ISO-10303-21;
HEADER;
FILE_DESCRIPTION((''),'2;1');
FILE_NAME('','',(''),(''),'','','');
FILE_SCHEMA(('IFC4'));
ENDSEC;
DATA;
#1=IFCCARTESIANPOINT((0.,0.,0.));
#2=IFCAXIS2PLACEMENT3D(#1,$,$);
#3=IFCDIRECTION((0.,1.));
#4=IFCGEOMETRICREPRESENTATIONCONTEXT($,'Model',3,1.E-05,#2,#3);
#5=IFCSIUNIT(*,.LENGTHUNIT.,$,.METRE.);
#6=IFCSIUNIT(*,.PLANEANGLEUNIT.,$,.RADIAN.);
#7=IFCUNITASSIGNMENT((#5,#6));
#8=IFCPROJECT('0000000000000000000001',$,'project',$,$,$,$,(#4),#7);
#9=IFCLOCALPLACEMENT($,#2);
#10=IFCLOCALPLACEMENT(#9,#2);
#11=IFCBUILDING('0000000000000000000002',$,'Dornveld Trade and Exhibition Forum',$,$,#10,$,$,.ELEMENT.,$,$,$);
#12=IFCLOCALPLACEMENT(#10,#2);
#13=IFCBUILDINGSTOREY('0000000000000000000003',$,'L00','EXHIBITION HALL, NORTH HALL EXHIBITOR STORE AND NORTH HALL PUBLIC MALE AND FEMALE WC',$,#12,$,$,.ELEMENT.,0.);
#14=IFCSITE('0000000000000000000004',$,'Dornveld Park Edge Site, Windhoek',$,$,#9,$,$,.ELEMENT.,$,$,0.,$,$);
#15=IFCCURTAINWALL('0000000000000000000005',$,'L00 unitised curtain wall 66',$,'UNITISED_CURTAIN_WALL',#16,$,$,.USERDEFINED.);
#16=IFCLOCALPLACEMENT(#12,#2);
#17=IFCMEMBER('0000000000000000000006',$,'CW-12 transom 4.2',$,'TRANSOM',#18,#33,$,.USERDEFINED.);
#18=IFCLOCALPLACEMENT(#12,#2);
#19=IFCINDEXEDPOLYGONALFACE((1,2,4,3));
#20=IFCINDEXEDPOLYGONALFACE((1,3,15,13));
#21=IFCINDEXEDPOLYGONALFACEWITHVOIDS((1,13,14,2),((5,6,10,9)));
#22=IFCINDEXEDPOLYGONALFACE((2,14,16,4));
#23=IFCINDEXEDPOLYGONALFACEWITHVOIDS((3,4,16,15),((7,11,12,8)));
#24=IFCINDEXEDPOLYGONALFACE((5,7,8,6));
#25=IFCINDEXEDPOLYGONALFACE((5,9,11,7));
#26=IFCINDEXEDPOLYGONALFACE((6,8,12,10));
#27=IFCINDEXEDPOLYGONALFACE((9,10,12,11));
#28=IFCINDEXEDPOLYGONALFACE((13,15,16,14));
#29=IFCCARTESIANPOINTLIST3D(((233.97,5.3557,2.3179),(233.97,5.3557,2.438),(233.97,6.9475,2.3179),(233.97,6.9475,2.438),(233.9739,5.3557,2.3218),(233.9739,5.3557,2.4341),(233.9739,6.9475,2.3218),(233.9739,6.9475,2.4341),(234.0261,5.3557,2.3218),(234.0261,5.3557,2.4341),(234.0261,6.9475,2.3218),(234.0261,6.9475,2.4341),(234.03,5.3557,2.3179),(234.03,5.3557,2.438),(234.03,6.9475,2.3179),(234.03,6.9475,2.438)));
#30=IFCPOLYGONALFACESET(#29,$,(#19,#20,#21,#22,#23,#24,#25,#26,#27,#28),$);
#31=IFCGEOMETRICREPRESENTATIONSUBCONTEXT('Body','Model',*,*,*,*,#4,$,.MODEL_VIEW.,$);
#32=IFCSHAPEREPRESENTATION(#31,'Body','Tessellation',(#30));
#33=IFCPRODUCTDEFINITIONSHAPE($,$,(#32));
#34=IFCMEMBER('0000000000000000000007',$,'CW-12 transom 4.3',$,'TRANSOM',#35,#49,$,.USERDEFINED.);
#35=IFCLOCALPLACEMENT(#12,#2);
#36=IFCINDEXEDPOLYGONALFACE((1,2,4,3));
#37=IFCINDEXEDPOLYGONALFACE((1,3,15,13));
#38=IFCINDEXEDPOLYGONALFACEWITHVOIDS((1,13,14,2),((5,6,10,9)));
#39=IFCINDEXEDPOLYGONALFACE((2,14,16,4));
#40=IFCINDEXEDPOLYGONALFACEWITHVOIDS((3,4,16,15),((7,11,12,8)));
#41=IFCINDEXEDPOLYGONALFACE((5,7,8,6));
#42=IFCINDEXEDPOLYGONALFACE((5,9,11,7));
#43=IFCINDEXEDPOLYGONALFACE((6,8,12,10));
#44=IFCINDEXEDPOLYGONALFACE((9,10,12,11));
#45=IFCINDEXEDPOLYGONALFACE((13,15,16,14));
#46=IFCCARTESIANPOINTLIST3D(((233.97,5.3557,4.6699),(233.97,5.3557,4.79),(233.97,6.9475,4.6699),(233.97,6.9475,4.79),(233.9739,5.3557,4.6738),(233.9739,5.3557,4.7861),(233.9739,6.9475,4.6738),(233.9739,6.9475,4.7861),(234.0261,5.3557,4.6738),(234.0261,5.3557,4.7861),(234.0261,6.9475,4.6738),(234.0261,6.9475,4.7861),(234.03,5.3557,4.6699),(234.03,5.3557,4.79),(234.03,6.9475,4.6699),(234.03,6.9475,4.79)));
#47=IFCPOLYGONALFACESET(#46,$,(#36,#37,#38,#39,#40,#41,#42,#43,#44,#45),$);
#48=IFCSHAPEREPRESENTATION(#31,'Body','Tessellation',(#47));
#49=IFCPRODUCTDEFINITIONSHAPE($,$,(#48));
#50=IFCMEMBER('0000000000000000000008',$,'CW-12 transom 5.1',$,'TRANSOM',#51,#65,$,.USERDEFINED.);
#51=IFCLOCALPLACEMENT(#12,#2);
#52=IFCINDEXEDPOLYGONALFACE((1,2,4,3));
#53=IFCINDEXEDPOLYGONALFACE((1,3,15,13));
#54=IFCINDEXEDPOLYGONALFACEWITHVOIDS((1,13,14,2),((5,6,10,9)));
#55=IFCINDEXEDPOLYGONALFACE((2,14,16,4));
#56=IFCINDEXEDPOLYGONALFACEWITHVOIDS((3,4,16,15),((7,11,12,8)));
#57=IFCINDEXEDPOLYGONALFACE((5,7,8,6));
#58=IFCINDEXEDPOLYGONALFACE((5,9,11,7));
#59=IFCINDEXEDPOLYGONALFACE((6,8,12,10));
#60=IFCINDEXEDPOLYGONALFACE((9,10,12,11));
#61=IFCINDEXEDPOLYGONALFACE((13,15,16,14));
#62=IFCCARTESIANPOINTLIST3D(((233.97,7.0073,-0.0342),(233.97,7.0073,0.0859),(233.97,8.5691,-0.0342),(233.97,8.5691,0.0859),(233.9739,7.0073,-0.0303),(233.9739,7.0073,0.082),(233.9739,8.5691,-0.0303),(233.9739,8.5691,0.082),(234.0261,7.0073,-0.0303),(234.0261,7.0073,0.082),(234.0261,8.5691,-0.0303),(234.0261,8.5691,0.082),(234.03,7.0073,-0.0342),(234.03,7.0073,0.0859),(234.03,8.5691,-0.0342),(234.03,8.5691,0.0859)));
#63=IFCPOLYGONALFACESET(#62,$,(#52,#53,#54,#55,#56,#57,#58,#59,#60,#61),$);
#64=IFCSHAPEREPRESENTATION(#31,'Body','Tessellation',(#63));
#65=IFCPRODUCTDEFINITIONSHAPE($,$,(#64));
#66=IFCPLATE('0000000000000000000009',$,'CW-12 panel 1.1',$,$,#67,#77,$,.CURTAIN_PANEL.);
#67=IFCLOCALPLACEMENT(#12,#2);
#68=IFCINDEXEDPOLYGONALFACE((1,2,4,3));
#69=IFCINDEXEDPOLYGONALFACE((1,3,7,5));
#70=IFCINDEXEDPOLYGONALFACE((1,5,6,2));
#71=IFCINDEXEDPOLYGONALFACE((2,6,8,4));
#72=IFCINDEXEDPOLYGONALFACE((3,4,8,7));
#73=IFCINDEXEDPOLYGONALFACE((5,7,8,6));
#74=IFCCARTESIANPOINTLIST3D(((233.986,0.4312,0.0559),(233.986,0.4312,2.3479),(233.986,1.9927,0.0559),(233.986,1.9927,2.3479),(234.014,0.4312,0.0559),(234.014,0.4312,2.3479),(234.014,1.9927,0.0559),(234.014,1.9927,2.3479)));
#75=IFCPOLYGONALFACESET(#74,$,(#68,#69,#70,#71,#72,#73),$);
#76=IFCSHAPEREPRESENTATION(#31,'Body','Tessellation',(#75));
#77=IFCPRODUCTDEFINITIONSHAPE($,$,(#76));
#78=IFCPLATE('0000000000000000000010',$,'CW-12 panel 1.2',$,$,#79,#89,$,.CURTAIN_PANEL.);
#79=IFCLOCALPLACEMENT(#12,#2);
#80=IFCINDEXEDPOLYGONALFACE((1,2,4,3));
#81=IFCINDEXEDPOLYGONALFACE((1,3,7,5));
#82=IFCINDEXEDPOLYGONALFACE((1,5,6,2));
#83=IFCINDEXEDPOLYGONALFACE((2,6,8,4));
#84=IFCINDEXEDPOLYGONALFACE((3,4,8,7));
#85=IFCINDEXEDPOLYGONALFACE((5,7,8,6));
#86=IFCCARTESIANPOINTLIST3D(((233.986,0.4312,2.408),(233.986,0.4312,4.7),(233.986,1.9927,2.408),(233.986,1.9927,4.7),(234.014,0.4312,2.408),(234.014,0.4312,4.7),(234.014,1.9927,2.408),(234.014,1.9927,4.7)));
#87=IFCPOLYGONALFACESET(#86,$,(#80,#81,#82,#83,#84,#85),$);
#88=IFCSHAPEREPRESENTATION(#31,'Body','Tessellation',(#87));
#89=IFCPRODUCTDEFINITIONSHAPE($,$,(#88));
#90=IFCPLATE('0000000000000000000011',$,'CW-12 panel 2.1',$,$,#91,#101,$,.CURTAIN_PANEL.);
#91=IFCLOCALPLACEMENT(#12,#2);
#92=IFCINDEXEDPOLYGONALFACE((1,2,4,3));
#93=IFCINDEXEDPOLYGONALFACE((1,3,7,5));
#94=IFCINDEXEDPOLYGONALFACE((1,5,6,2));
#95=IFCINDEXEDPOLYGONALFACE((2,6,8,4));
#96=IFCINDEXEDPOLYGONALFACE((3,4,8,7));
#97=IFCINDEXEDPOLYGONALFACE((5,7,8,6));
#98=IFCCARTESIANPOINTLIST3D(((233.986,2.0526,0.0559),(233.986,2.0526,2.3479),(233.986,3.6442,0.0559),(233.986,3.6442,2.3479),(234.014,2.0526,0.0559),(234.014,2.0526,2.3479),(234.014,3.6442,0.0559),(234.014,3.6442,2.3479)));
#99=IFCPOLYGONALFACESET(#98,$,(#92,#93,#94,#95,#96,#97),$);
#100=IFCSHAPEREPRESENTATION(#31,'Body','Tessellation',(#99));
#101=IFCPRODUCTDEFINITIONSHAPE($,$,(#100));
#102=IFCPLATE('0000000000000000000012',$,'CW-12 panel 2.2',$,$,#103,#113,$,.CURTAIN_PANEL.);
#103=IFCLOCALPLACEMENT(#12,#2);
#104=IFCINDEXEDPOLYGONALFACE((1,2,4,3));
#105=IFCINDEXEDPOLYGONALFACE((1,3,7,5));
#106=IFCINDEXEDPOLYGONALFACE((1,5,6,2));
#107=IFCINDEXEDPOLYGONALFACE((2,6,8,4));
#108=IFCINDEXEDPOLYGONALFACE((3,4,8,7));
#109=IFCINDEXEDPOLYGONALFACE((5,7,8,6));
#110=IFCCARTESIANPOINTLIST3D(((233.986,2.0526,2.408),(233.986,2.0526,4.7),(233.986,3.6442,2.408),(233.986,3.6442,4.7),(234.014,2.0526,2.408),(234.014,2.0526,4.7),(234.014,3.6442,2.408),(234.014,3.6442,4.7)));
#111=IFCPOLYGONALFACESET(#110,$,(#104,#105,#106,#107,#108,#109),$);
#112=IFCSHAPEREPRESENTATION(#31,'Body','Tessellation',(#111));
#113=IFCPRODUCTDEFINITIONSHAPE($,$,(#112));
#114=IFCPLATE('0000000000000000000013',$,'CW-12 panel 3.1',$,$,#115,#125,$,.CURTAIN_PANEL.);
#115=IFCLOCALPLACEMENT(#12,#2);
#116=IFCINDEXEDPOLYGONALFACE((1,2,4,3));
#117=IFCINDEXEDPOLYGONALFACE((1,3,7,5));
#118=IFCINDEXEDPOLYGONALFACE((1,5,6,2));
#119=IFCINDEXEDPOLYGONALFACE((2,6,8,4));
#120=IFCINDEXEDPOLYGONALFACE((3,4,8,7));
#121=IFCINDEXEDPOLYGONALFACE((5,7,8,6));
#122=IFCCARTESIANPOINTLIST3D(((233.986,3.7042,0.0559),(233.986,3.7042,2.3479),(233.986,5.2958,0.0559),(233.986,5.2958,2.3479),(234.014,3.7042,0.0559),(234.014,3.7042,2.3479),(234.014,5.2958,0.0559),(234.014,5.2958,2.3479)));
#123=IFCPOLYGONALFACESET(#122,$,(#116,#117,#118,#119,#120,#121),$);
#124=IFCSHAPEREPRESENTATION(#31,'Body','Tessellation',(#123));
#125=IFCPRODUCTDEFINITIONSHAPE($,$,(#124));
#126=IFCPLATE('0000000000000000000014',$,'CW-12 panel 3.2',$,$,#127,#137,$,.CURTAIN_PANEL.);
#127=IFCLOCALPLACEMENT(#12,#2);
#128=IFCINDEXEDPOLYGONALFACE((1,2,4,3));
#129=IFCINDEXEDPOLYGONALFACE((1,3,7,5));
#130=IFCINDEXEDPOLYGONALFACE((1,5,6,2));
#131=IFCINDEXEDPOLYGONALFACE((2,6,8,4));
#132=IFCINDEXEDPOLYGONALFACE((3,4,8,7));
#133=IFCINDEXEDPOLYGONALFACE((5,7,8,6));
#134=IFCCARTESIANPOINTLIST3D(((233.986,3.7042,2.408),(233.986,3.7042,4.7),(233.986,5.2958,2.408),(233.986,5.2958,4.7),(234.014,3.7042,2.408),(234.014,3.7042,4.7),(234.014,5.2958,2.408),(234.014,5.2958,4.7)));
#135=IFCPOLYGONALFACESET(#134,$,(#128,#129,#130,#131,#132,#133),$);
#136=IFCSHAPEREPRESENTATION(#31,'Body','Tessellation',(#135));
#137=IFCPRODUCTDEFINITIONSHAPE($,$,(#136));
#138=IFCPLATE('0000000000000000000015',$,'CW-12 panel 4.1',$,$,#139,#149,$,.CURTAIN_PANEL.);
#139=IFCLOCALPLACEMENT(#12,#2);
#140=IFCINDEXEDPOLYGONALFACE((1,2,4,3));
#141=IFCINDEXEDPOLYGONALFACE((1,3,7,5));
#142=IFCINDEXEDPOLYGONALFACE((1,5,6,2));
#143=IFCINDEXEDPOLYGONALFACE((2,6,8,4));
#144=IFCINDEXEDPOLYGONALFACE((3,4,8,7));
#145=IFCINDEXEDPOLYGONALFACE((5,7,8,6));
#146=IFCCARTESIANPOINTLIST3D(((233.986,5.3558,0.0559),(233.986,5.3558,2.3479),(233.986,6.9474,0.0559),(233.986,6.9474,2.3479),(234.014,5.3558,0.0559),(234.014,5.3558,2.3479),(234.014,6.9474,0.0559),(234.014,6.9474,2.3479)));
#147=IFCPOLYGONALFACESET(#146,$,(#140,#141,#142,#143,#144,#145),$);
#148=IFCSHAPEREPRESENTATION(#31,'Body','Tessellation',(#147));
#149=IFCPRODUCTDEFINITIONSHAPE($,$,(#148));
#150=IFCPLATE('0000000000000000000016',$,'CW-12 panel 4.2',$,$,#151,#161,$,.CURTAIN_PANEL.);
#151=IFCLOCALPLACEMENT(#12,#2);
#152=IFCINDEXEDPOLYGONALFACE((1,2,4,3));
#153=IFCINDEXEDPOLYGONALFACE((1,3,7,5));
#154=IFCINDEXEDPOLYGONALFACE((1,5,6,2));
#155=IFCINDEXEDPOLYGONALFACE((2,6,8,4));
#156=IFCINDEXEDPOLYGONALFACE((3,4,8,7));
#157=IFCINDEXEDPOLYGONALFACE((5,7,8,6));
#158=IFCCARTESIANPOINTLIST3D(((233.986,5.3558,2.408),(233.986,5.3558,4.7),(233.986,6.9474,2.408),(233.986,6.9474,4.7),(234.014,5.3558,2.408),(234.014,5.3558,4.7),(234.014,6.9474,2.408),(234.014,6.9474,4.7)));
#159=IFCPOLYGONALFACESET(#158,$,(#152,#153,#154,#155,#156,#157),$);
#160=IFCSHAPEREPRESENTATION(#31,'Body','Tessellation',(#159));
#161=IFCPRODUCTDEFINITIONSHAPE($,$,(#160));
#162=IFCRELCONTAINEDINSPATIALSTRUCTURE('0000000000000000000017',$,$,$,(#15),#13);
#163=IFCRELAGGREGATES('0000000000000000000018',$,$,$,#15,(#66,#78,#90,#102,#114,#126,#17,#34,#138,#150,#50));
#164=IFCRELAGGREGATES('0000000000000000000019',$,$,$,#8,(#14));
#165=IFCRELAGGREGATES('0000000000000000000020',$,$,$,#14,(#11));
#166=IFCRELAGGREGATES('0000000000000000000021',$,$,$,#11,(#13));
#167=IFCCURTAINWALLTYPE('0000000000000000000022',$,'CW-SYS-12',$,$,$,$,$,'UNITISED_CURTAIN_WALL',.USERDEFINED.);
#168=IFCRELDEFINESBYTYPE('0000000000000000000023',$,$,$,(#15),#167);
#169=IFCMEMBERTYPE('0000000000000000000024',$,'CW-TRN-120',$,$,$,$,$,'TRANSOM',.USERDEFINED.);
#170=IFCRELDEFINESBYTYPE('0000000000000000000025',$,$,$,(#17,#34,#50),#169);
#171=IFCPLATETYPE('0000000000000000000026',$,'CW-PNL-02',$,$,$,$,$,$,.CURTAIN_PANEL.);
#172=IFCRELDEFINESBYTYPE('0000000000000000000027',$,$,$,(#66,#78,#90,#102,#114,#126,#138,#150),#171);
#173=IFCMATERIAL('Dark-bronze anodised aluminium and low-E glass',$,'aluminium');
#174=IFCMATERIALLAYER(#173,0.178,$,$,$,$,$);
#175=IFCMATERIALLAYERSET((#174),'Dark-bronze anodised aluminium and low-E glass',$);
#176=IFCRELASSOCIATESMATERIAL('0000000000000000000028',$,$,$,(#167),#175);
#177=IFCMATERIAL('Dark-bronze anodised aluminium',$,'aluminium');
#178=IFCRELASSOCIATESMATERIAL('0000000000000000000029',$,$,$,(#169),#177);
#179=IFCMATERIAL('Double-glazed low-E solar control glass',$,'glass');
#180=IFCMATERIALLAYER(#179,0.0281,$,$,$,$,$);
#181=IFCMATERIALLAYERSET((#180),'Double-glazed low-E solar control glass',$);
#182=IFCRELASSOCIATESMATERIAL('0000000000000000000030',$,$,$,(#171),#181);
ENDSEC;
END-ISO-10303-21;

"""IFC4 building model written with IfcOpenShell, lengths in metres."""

from ifc_helpers import new_model, si_unit, direction, frame, origin, origin_2d, place, context, subcontext, project, spatial, rectangle, hollow_rectangle, extrude, material, layer, layer_set, material_profile, profile_set, type_object, element, aggregate, save


model = new_model("IFC4")

# Units and contexts
model_context = context("Model", 3, precision=1e-05, world=origin(), true_north=direction((0.0, 1.0)))
body_context = subcontext(model_context, "Body", "Model", "MODEL_VIEW")
ifc_project = project(units=[si_unit("LENGTHUNIT", "METRE"), si_unit("PLANEANGLEUNIT", "RADIAN")], contexts=[model_context])

# Site, building, storey
site_placement = place(None, origin())
site = spatial("IfcSite", under=ifc_project, at=site_placement, Name="Dornveld Park Edge Site, Windhoek", CompositionType="ELEMENT", RefElevation=0.0)
building_placement = place(site_placement, origin())
building = spatial("IfcBuilding", under=site, at=building_placement, Name="Dornveld Trade and Exhibition Forum", CompositionType="ELEMENT")
storey_placement = place(building_placement, origin())
storey = spatial("IfcBuildingStorey", under=building, at=storey_placement, Name="L00", Description="EXHIBITION HALL, NORTH HALL EXHIBITOR STORE AND NORTH HALL PUBLIC MALE AND FEMALE WC", CompositionType="ELEMENT", Elevation=0.0)

# Curtain wall, members, plates
ifc_material_1 = material(Name="Dark-bronze anodised aluminium and low-E glass", Category="aluminium")
ifc_layer_1 = layer(ifc_material_1, 0.178)
ifc_layer_set_1 = layer_set([ifc_layer_1], Name="Dark-bronze anodised aluminium and low-E glass")
curtain_wall_type = type_object("IfcCurtainWallType", Name="CW-SYS-12", ElementType="UNITISED_CURTAIN_WALL", PredefinedType="USERDEFINED", material=ifc_layer_set_1)
curtain_wall_placement = place(storey_placement, origin())
curtain_wall = element("IfcCurtainWall", 1, at=curtain_wall_placement, inside=storey, type_object=curtain_wall_type, Name="L00 unitised curtain wall 66", ObjectType="UNITISED_CURTAIN_WALL", PredefinedType="USERDEFINED")
ifc_material_2 = material(Name="Dark-bronze anodised aluminium", Category="aluminium")
ifc_material_profile_1 = material_profile(ifc_material_2, hollow_rectangle(XDim=0.0601, YDim=0.1201, WallThickness=0.0039, at=origin_2d()), Name="RHS 120x60x4")
ifc_profile_set_1 = profile_set([ifc_material_profile_1], Name="Dark-bronze anodised aluminium")
member_type_1 = type_object("IfcMemberType", Name="CW-TRN-120", ElementType="TRANSOM", PredefinedType="USERDEFINED", material=ifc_profile_set_1)
member_1_placement = place(storey_placement, frame((234.0, 5.3557, 2.3779), z_axis=(0.0, 1.0, 0.0), x_axis=(-1.0, 0.0, 0.0)))
member_1 = element("IfcMember", 2, at=member_1_placement, type_object=member_type_1, Name="CW-12 transom 4.2", ObjectType="TRANSOM", PredefinedType="USERDEFINED", context=body_context, shape_type="SweptSolid", body=[
    extrude(hollow_rectangle(XDim=0.0601, YDim=0.1201, WallThickness=0.0039, at=origin_2d()), origin(), (0.0, 0.0, 1.0), 1.5918),
])
member_2_placement = place(storey_placement, frame((234.0, 5.3557, 4.73), z_axis=(0.0, 1.0, 0.0), x_axis=(-1.0, 0.0, 0.0)))
member_2 = element("IfcMember", 3, at=member_2_placement, type_object=member_type_1, Name="CW-12 transom 4.3", ObjectType="TRANSOM", PredefinedType="USERDEFINED", context=body_context, shape_type="SweptSolid", body=[
    extrude(hollow_rectangle(XDim=0.0601, YDim=0.1201, WallThickness=0.0039, at=origin_2d()), origin(), (0.0, 0.0, 1.0), 1.5918),
])
member_3_placement = place(storey_placement, frame((234.0, 7.0073, 0.0259), z_axis=(0.0, 1.0, 0.0), x_axis=(-1.0, 0.0, 0.0)))
member_3 = element("IfcMember", 4, at=member_3_placement, type_object=member_type_1, Name="CW-12 transom 5.1", ObjectType="TRANSOM", PredefinedType="USERDEFINED", context=body_context, shape_type="SweptSolid", body=[
    extrude(hollow_rectangle(XDim=0.0601, YDim=0.1201, WallThickness=0.0039, at=origin_2d()), origin(), (0.0, 0.0, 1.0), 1.5618),
])
ifc_material_3 = material(Name="Double-glazed low-E solar control glass", Category="glass")
ifc_layer_2 = layer(ifc_material_3, 0.0281)
ifc_layer_set_2 = layer_set([ifc_layer_2], Name="Double-glazed low-E solar control glass")
plate_type = type_object("IfcPlateType", Name="CW-PNL-02", PredefinedType="CURTAIN_PANEL", material=ifc_layer_set_2)
plate_1_placement = place(storey_placement, frame((234.0, 1.2119, 0.0559), z_axis=(0.0, 0.0, 1.0), x_axis=(0.0, 1.0, 0.0)))
plate_1 = element("IfcPlate", 5, at=plate_1_placement, type_object=plate_type, Name="CW-12 panel 1.1", PredefinedType="CURTAIN_PANEL", context=body_context, shape_type="SweptSolid", body=[
    extrude(rectangle(XDim=1.5615, YDim=0.0281, at=origin_2d()), origin(), (0.0, 0.0, 1.0), 2.292),
])
plate_2_placement = place(storey_placement, frame((234.0, 1.2119, 2.408), z_axis=(0.0, 0.0, 1.0), x_axis=(0.0, 1.0, 0.0)))
plate_2 = element("IfcPlate", 6, at=plate_2_placement, type_object=plate_type, Name="CW-12 panel 1.2", PredefinedType="CURTAIN_PANEL", context=body_context, shape_type="SweptSolid", body=[
    extrude(rectangle(XDim=1.5615, YDim=0.0281, at=origin_2d()), origin(), (0.0, 0.0, 1.0), 2.292),
])
plate_3_placement = place(storey_placement, frame((234.0, 2.8484, 0.0559), z_axis=(0.0, 0.0, 1.0), x_axis=(0.0, 1.0, 0.0)))
plate_3 = element("IfcPlate", 7, at=plate_3_placement, type_object=plate_type, Name="CW-12 panel 2.1", PredefinedType="CURTAIN_PANEL", context=body_context, shape_type="SweptSolid", body=[
    extrude(rectangle(XDim=1.5916, YDim=0.0281, at=origin_2d()), origin(), (0.0, 0.0, 1.0), 2.292),
])
plate_4_placement = place(storey_placement, frame((234.0, 2.8484, 2.408), z_axis=(0.0, 0.0, 1.0), x_axis=(0.0, 1.0, 0.0)))
plate_4 = element("IfcPlate", 8, at=plate_4_placement, type_object=plate_type, Name="CW-12 panel 2.2", PredefinedType="CURTAIN_PANEL", context=body_context, shape_type="SweptSolid", body=[
    extrude(rectangle(XDim=1.5916, YDim=0.0281, at=origin_2d()), origin(), (0.0, 0.0, 1.0), 2.292),
])
plate_5_placement = place(storey_placement, frame((234.0, 4.5, 0.0559), z_axis=(0.0, 0.0, 1.0), x_axis=(0.0, 1.0, 0.0)))
plate_5 = element("IfcPlate", 9, at=plate_5_placement, type_object=plate_type, Name="CW-12 panel 3.1", PredefinedType="CURTAIN_PANEL", context=body_context, shape_type="SweptSolid", body=[
    extrude(rectangle(XDim=1.5916, YDim=0.0281, at=origin_2d()), origin(), (0.0, 0.0, 1.0), 2.292),
])
plate_6_placement = place(storey_placement, frame((234.0, 4.5, 2.408), z_axis=(0.0, 0.0, 1.0), x_axis=(0.0, 1.0, 0.0)))
plate_6 = element("IfcPlate", 10, at=plate_6_placement, type_object=plate_type, Name="CW-12 panel 3.2", PredefinedType="CURTAIN_PANEL", context=body_context, shape_type="SweptSolid", body=[
    extrude(rectangle(XDim=1.5916, YDim=0.0281, at=origin_2d()), origin(), (0.0, 0.0, 1.0), 2.292),
])
plate_7_placement = place(storey_placement, frame((234.0, 6.1516, 0.0559), z_axis=(0.0, 0.0, 1.0), x_axis=(0.0, 1.0, 0.0)))
plate_7 = element("IfcPlate", 11, at=plate_7_placement, type_object=plate_type, Name="CW-12 panel 4.1", PredefinedType="CURTAIN_PANEL", context=body_context, shape_type="SweptSolid", body=[
    extrude(rectangle(XDim=1.5916, YDim=0.0281, at=origin_2d()), origin(), (0.0, 0.0, 1.0), 2.292),
])
plate_8_placement = place(storey_placement, frame((234.0, 6.1516, 2.408), z_axis=(0.0, 0.0, 1.0), x_axis=(0.0, 1.0, 0.0)))
plate_8 = element("IfcPlate", 12, at=plate_8_placement, type_object=plate_type, Name="CW-12 panel 4.2", PredefinedType="CURTAIN_PANEL", context=body_context, shape_type="SweptSolid", body=[
    extrude(rectangle(XDim=1.5916, YDim=0.0281, at=origin_2d()), origin(), (0.0, 0.0, 1.0), 2.292),
])
aggregate(curtain_wall, [plate_1, plate_2, plate_3, plate_4, plate_5, plate_6, member_1, member_2, plate_7, plate_8, member_3])

save(model, "model.ifc")
